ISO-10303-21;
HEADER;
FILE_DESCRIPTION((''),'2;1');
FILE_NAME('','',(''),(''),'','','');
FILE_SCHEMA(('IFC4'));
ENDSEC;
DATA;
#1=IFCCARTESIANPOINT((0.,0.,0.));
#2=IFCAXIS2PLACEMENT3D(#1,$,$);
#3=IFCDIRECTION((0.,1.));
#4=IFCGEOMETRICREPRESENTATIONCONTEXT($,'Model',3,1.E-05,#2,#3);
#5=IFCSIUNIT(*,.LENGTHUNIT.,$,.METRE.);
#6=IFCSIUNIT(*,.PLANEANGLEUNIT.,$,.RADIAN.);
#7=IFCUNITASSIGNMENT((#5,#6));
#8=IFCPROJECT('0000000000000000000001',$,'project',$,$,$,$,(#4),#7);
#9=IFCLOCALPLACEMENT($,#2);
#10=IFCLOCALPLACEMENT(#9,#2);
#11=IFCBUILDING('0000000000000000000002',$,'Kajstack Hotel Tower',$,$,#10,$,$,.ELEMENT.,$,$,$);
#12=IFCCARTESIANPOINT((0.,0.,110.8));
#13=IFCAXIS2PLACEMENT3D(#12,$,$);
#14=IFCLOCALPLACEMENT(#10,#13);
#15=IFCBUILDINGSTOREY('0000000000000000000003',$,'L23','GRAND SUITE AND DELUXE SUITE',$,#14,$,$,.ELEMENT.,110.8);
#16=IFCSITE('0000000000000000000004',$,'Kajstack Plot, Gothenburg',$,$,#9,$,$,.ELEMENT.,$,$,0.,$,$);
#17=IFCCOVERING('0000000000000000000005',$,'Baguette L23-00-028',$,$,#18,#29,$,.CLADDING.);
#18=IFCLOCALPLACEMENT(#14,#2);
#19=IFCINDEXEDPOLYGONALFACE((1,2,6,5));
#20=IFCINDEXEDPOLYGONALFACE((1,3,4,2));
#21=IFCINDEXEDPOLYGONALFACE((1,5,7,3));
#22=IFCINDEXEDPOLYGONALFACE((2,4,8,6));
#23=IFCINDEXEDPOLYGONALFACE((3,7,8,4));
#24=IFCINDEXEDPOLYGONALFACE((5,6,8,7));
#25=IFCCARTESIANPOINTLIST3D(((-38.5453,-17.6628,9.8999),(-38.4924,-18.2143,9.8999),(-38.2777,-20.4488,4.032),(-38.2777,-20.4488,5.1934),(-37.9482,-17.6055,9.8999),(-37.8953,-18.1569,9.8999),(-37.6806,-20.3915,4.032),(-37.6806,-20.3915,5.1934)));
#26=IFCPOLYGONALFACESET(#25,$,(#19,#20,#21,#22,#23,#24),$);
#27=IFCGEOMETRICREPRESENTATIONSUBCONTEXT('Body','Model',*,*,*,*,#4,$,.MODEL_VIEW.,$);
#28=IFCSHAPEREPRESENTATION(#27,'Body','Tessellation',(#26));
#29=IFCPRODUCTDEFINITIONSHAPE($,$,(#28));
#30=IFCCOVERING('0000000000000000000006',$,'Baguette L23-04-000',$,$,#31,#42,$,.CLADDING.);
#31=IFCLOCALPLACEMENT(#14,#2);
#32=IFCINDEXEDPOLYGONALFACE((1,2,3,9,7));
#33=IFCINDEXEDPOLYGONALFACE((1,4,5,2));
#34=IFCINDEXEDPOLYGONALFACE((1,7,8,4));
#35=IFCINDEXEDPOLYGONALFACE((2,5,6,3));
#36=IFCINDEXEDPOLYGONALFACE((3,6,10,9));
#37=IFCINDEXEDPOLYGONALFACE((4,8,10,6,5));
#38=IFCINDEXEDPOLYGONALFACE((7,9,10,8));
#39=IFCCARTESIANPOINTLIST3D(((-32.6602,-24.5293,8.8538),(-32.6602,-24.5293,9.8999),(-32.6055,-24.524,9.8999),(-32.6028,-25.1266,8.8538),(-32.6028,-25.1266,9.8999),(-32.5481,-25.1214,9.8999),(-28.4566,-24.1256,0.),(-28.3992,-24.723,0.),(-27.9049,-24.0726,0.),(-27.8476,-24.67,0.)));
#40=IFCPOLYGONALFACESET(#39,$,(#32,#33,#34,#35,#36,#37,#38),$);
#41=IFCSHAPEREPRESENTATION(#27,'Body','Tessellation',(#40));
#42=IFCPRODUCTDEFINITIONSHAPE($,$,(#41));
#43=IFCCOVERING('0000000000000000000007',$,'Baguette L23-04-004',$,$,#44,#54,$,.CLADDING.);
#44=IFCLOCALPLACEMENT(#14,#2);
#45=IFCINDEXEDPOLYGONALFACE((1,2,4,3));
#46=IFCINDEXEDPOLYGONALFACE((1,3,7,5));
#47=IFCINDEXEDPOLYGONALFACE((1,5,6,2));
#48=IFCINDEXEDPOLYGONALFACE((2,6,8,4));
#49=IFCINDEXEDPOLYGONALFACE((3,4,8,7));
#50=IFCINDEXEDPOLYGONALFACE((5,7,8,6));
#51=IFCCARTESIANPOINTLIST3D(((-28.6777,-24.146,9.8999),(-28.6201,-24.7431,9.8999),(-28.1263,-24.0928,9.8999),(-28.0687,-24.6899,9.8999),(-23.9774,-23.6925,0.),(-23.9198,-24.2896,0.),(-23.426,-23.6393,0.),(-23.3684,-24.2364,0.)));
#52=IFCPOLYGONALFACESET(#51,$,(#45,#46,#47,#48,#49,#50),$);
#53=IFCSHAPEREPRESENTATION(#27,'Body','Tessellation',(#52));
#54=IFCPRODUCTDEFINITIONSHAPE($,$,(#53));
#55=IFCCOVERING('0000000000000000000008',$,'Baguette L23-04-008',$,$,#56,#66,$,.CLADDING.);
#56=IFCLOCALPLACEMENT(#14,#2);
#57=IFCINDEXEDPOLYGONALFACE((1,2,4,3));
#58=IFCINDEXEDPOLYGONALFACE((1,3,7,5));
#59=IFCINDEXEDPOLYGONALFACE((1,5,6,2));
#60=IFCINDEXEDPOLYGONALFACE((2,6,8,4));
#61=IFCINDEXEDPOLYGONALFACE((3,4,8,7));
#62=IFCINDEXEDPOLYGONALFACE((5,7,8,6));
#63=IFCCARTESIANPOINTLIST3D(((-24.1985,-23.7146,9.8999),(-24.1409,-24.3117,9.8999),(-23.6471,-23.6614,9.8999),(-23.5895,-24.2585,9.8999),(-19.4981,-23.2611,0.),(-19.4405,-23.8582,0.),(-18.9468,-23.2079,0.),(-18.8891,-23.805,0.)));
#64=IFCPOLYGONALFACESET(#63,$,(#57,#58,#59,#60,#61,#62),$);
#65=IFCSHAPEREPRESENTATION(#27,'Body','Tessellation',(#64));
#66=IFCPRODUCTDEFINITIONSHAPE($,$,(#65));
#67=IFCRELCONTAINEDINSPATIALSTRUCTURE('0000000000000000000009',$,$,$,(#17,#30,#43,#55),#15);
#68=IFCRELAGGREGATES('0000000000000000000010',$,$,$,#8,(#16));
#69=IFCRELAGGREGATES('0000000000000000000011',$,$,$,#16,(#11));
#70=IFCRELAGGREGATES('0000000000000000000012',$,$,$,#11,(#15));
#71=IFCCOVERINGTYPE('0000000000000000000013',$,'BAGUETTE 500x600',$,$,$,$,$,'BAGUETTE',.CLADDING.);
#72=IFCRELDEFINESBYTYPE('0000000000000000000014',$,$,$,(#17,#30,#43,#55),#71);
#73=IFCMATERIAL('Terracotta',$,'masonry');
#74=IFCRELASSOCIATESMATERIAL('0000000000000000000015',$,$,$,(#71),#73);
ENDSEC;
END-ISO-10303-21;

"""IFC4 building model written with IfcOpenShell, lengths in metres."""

from ifc_helpers import new_model, si_unit, direction, frame, origin, origin_2d, place, context, subcontext, project, spatial, polyline, rectangle, outline, extrude, material, material_profile, profile_set, type_object, element, save


model = new_model("IFC4")

# Units and contexts
model_context = context("Model", 3, precision=1e-05, world=origin(), true_north=direction((0.0, 1.0)))
body_context = subcontext(model_context, "Body", "Model", "MODEL_VIEW")
ifc_project = project(units=[si_unit("LENGTHUNIT", "METRE"), si_unit("PLANEANGLEUNIT", "RADIAN")], contexts=[model_context])

# Site, building, storey
site_placement = place(None, origin())
site = spatial("IfcSite", under=ifc_project, at=site_placement, Name="Kajstack Plot, Gothenburg", CompositionType="ELEMENT", RefElevation=0.0)
building_placement = place(site_placement, origin())
building = spatial("IfcBuilding", under=site, at=building_placement, Name="Kajstack Hotel Tower", CompositionType="ELEMENT")
storey_placement = place(building_placement, frame((0.0, 0.0, 110.8)))
storey = spatial("IfcBuildingStorey", under=building, at=storey_placement, Name="L23", Description="GRAND SUITE AND DELUXE SUITE", CompositionType="ELEMENT", Elevation=110.8)

# Coverings
ifc_material_1 = material(Name="Terracotta", Category="masonry")
ifc_material_profile = material_profile(ifc_material_1, rectangle(XDim=0.6001, YDim=0.5, at=origin_2d()), Name="Terracotta-clad concrete baguette 500 x 600")
ifc_profile_set = profile_set([ifc_material_profile], Name="Terracotta")
covering_type = type_object("IfcCoveringType", Name="BAGUETTE 500x600", ElementType="BAGUETTE", PredefinedType="CLADDING", material=ifc_profile_set)
covering_1_placement = place(storey_placement, frame((-37.9482, -17.6055, 0.0), z_axis=(-0.995416, -0.095635, 0.0), x_axis=(0.095635, -0.995416, 0.0)))
element("IfcCovering", 1, at=covering_1_placement, inside=storey, type_object=covering_type, Name="Baguette L23-00-028", PredefinedType="CLADDING", context=body_context, shape_type="SweptSolid", body=[
    extrude(outline(polyline([(0.0, 9.8999), (2.7988, 4.032), (2.7988, 5.1934), (0.554, 9.8999), (0.0, 9.8999)])), origin(), (0.0, 0.0, 1.0), 0.5999),
])
covering_2_placement = place(storey_placement, frame((-32.6602, -24.5293, 0.0), z_axis=(0.095596, -0.99542, 0.0), x_axis=(0.99542, 0.095596, 0.0)))
element("IfcCovering", 2, at=covering_2_placement, inside=storey, type_object=covering_type, Name="Baguette L23-04-000", PredefinedType="CLADDING", context=body_context, shape_type="SweptSolid", body=[
    extrude(outline(polyline([(0.0549, 9.8999), (0.0, 9.8999), (0.0, 8.8538), (4.2229, 0.0), (4.7771, 0.0), (0.0549, 9.8999)])), origin(), (0.0, 0.0, 1.0), 0.6001),
])
for number, where, z_axis, x_axis, name in (
    (3, (-28.6777, -24.146, 0.0), (0.096038, -0.995378, 0.0), (0.995378, 0.096038, 0.0), "Baguette L23-04-004"),
    (4, (-24.1985, -23.7146, 0.0), (0.096038, -0.995378, 0.0), (0.995378, 0.096038, 0.0), "Baguette L23-04-008"),
):
    element("IfcCovering", number, at=place(storey_placement, frame(where, z_axis=z_axis, x_axis=x_axis)), inside=storey, type_object=covering_type, Name=name, PredefinedType="CLADDING", context=body_context, shape_type="SweptSolid", body=[
        extrude(outline(polyline([(0.0, 9.8999), (4.7222, 0.0), (5.2761, 0.0), (0.554, 9.8999), (0.0, 9.8999)])), origin(), (0.0, 0.0, 1.0), 0.5999),
    ])

save(model, "model.ifc")
